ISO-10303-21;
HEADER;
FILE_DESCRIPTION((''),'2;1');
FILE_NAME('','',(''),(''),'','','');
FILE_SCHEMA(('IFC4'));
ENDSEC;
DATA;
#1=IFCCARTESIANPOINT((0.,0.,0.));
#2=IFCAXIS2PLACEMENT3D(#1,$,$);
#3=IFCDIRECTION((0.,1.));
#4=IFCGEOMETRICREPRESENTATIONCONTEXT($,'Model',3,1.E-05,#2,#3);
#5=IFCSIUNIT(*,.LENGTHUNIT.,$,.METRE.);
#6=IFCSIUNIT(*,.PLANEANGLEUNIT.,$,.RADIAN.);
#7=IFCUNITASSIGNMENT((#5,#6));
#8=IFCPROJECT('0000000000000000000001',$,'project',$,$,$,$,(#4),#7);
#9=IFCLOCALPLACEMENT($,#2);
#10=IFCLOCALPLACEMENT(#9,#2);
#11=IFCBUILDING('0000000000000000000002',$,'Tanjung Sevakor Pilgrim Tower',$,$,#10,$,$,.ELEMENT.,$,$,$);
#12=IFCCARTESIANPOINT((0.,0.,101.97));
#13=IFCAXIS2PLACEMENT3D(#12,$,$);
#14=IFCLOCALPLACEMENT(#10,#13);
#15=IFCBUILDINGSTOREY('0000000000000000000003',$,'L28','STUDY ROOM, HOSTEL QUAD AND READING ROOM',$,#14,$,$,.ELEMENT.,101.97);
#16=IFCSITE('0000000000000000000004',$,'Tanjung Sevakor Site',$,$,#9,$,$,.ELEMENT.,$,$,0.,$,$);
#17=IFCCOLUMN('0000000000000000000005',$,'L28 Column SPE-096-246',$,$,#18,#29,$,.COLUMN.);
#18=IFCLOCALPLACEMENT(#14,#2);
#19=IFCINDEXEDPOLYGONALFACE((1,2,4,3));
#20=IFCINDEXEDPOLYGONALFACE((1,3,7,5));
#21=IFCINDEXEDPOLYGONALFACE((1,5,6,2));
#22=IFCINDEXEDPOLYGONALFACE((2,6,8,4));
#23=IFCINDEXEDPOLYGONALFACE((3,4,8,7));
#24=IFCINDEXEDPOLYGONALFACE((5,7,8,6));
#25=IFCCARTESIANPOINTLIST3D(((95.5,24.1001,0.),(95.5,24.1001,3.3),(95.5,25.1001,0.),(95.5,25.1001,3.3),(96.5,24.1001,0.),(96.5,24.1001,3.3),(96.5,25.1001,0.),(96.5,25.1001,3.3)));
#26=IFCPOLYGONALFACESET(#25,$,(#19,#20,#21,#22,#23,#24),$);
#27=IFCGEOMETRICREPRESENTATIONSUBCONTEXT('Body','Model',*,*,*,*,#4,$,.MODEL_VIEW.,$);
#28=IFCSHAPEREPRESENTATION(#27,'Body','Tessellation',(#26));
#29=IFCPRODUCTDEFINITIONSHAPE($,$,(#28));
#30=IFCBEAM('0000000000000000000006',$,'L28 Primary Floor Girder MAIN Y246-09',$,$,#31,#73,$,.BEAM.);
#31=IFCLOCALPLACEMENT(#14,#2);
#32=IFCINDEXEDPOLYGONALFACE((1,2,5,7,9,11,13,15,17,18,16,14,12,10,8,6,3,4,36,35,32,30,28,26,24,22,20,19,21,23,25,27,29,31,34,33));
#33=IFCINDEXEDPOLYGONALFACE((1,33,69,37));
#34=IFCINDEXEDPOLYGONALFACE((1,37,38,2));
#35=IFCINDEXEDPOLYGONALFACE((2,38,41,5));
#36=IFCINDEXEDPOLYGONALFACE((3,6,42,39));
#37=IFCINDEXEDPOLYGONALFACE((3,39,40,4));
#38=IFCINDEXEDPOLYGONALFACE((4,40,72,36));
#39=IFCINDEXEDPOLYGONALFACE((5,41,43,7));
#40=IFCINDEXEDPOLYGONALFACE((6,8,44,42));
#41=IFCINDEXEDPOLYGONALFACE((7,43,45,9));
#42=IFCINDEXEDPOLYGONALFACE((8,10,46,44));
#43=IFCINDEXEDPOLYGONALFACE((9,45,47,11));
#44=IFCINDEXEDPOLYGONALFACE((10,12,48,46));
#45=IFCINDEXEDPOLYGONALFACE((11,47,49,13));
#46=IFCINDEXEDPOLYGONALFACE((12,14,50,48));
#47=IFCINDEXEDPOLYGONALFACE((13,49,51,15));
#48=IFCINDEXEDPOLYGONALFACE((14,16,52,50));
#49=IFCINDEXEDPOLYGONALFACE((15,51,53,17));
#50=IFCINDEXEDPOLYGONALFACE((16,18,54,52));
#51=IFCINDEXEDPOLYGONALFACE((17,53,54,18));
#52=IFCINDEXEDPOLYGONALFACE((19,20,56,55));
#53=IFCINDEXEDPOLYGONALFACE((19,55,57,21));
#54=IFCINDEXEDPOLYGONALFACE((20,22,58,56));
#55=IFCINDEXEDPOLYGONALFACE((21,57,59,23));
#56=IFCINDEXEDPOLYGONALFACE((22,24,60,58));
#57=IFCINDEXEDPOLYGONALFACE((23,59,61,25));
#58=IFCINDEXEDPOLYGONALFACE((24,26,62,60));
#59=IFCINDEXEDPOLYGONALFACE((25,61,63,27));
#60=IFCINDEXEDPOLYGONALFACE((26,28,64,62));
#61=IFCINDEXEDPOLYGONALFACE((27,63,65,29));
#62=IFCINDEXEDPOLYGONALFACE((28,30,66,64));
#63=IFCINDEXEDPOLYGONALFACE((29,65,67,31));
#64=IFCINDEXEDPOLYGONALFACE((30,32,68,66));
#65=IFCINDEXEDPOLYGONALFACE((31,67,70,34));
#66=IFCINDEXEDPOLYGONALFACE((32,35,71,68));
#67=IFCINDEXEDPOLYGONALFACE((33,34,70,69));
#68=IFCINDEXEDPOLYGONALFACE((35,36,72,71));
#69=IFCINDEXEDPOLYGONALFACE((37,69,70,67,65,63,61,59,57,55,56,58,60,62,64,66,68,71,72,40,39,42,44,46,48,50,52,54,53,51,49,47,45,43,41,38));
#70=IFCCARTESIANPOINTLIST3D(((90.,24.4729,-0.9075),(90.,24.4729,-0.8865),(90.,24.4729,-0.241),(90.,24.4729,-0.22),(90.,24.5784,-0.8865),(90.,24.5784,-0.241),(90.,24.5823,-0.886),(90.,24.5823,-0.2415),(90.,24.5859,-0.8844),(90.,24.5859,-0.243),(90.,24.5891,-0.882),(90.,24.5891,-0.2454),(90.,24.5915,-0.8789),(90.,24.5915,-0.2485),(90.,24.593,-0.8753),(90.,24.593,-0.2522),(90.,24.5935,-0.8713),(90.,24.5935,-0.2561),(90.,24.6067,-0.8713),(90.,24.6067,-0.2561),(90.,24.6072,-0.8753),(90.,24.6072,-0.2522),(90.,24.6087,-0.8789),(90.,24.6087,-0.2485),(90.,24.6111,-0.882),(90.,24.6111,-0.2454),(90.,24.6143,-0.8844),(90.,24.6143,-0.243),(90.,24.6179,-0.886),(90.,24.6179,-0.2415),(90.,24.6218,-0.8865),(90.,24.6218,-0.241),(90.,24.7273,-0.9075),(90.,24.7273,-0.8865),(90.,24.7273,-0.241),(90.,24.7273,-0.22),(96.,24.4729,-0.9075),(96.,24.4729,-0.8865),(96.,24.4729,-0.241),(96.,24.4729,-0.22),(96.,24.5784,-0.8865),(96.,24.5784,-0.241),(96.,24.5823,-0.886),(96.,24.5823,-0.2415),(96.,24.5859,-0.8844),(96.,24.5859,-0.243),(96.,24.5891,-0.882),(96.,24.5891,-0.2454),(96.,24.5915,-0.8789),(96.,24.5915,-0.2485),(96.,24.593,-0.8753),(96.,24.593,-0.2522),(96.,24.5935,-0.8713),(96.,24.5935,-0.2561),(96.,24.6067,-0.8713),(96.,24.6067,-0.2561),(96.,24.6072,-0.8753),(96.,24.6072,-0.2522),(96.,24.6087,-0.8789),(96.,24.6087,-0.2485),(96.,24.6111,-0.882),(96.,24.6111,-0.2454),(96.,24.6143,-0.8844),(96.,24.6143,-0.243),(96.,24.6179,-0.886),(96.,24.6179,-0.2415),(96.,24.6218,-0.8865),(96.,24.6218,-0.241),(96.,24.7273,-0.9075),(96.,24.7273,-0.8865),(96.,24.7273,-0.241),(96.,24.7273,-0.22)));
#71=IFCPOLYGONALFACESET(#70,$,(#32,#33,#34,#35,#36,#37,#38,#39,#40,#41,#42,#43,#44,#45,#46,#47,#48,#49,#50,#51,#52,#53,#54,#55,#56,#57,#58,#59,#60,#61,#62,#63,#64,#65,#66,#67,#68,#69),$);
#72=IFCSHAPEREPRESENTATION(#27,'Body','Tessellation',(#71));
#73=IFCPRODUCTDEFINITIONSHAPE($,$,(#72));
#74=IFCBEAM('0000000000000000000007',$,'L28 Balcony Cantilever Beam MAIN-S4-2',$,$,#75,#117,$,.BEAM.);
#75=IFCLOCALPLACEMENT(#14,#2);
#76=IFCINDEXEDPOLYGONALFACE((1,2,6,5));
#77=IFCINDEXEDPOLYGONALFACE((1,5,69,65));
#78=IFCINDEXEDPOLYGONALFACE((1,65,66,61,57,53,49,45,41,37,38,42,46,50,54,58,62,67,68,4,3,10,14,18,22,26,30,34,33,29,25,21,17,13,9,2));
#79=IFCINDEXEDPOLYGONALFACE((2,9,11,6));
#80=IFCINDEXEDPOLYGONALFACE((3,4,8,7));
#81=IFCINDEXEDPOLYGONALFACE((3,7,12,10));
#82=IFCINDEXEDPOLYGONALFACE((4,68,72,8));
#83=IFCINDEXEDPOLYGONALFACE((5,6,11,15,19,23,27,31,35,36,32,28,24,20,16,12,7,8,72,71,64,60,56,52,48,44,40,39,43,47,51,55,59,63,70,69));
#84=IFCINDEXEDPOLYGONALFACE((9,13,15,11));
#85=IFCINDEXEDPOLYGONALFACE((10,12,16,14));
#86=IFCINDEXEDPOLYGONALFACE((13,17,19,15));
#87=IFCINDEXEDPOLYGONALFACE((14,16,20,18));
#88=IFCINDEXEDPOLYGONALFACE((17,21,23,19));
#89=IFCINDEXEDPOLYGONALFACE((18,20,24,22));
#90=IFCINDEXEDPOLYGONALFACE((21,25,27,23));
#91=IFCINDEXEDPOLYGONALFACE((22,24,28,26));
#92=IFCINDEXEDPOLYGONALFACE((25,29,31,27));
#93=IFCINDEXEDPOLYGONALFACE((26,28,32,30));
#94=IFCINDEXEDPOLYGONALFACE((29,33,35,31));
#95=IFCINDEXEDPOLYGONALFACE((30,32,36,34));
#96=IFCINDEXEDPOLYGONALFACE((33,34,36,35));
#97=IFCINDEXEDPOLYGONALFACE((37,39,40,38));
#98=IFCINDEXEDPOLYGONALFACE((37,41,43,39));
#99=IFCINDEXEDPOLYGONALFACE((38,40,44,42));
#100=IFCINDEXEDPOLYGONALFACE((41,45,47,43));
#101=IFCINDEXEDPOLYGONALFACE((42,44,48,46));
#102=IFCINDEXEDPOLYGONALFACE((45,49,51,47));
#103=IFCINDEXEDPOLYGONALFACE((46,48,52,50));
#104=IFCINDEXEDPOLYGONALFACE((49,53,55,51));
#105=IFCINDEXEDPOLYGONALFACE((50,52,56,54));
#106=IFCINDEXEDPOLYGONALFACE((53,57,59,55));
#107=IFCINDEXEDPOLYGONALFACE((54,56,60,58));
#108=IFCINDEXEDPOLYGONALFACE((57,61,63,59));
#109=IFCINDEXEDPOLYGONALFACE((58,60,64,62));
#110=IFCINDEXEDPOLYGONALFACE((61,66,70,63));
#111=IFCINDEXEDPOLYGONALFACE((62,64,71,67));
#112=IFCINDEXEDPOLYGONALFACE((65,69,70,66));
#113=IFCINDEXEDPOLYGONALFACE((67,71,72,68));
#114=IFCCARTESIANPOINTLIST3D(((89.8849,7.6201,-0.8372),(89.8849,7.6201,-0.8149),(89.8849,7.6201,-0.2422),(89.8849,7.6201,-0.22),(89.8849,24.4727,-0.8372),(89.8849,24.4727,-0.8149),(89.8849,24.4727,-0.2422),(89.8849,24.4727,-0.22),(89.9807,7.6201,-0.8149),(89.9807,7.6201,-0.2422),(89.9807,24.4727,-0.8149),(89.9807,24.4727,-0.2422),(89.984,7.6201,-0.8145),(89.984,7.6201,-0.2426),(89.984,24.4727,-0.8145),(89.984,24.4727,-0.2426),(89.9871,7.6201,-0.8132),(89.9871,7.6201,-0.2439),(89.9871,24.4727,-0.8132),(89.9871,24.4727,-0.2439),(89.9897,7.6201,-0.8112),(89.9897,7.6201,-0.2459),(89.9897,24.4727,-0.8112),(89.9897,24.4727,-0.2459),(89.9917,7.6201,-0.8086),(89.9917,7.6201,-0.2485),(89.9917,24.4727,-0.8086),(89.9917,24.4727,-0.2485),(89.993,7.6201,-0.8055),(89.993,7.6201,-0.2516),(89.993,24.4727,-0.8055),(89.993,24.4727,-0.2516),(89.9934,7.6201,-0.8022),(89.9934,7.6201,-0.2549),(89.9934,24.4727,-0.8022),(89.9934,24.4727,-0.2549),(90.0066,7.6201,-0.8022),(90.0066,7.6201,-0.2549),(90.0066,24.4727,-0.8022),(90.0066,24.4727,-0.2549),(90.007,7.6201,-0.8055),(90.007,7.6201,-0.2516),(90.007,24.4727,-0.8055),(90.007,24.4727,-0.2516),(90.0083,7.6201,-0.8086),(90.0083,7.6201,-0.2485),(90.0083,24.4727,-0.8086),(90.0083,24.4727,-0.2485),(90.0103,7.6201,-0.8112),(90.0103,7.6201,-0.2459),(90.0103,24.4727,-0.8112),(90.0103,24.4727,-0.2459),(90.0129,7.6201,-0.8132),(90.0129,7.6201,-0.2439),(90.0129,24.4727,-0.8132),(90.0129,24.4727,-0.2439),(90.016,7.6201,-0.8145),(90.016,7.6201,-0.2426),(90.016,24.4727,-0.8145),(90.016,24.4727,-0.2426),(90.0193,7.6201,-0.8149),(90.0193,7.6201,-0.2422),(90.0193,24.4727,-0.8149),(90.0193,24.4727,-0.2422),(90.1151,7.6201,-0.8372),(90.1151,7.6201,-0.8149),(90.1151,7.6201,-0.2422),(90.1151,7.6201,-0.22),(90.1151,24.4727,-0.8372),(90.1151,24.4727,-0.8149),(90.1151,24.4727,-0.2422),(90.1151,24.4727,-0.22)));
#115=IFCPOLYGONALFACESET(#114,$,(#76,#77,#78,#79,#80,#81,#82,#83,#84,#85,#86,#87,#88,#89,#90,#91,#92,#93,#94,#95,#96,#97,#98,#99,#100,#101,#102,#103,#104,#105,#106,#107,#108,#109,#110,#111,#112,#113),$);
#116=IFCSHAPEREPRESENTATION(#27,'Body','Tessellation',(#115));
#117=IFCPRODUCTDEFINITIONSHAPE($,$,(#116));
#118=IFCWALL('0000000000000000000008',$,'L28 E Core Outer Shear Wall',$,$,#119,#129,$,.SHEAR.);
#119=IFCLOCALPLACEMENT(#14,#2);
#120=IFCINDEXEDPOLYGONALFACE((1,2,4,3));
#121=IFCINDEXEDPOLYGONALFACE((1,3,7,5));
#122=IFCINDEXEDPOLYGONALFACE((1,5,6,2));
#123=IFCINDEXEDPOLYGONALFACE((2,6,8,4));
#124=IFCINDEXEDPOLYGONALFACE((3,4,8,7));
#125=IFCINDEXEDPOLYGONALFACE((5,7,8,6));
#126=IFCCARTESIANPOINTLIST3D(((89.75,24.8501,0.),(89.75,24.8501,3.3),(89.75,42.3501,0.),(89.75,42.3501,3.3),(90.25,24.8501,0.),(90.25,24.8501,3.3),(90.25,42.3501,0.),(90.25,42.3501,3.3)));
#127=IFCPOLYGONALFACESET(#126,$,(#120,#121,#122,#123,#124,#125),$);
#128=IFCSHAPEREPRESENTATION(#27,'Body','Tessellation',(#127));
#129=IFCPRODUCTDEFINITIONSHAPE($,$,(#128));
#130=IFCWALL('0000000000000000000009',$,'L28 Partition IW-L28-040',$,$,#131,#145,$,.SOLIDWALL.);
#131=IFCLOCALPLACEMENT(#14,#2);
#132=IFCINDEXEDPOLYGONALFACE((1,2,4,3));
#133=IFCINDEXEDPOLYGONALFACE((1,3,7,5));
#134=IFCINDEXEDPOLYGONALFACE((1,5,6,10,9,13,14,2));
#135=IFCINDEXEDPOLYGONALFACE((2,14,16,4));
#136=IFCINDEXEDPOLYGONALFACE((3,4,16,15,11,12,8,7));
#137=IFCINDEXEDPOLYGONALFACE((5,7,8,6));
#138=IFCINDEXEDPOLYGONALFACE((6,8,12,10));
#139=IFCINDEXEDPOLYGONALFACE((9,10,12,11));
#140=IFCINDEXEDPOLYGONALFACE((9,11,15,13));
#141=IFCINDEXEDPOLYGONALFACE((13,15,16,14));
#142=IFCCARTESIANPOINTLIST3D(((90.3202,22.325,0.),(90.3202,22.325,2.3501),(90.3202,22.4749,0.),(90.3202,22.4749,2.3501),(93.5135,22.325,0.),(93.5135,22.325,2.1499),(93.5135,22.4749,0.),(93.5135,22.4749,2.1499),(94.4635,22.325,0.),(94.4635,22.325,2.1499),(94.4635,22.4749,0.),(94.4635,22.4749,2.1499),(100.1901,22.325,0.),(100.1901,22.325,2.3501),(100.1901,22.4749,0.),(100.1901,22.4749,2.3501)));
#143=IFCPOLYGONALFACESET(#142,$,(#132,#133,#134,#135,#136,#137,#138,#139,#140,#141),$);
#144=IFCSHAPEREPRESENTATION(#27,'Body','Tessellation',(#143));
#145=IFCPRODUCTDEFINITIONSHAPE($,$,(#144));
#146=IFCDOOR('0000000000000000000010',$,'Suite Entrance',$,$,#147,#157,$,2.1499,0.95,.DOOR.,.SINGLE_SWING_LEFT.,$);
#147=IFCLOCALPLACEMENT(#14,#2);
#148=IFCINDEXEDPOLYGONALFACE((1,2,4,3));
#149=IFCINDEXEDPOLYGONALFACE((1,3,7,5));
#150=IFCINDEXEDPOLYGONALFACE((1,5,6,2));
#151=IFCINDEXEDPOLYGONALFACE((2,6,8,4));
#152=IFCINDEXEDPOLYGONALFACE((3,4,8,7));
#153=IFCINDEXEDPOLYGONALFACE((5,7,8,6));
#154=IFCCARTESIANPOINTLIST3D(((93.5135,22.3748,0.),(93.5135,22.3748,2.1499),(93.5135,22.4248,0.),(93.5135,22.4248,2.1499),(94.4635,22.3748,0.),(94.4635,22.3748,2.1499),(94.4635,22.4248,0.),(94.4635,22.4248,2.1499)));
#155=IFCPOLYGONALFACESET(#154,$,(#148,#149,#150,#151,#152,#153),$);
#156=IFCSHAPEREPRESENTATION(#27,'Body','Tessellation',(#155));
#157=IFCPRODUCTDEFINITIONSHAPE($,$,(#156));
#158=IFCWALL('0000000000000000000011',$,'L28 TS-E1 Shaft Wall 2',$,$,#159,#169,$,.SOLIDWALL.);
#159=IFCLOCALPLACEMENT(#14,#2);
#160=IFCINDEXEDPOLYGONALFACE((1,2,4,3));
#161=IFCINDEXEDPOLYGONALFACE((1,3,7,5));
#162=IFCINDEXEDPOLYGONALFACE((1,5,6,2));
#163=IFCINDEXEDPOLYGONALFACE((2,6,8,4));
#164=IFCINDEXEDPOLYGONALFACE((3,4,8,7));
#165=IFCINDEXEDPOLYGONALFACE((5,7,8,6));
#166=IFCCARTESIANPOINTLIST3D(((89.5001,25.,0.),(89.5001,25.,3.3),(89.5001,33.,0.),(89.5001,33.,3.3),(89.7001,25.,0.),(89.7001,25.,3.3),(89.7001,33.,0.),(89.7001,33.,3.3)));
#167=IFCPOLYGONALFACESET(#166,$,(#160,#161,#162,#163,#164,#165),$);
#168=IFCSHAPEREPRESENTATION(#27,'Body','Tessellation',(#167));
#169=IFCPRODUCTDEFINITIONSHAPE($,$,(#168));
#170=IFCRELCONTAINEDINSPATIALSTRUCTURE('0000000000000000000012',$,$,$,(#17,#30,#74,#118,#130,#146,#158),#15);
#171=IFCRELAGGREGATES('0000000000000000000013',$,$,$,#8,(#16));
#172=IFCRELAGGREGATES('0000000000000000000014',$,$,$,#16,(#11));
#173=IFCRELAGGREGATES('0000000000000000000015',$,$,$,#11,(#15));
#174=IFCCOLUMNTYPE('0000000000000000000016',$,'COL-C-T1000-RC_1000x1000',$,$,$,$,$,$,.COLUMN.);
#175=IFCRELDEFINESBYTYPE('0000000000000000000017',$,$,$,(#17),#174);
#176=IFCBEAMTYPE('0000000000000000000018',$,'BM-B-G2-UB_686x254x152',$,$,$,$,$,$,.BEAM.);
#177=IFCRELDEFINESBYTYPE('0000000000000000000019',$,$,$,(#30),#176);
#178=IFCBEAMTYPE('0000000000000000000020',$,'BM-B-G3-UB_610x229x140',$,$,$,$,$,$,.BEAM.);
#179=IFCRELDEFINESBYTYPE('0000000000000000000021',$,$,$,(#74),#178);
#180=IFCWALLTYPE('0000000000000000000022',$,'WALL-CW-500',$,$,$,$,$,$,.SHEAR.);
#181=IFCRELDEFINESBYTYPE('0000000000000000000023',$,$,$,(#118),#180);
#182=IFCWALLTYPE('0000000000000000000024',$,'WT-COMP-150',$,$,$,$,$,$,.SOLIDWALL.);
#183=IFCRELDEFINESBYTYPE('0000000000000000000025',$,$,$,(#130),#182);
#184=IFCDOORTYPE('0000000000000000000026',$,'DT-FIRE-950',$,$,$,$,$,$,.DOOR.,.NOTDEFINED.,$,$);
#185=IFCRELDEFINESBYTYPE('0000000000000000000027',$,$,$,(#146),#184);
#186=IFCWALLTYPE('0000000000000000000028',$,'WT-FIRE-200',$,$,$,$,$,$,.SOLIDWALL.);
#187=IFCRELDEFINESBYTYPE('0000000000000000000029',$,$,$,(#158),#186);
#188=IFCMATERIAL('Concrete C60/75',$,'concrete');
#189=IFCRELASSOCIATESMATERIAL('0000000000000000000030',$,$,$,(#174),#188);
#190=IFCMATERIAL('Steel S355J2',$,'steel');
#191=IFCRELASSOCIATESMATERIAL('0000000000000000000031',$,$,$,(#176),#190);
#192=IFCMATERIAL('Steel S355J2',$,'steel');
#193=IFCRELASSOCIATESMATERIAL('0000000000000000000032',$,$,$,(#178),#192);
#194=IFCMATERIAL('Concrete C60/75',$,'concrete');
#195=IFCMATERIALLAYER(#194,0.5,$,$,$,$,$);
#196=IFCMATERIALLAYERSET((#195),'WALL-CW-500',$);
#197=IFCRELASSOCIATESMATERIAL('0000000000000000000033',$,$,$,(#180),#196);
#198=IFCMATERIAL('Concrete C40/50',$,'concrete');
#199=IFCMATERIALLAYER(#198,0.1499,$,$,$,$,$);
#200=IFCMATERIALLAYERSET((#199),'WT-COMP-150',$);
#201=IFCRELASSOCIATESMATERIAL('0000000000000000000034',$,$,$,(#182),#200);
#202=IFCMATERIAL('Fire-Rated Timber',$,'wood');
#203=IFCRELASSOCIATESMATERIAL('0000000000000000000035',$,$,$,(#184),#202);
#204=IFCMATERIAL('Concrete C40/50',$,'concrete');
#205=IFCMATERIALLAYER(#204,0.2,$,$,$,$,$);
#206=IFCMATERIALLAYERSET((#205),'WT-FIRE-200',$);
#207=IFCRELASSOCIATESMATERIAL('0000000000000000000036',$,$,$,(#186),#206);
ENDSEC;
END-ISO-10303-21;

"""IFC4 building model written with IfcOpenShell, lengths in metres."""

from ifc_helpers import new_model, si_unit, direction, frame, frame_2d, origin, origin_2d, place, context, subcontext, project, spatial, rectangle, i_section, extrude, material, layer, layer_set, material_profile, profile_set, type_object, element, fill, save


model = new_model("IFC4")

# Units and contexts
model_context = context("Model", 3, precision=1e-05, world=origin(), true_north=direction((0.0, 1.0)))
body_context = subcontext(model_context, "Body", "Model", "MODEL_VIEW")
ifc_project = project(units=[si_unit("LENGTHUNIT", "METRE"), si_unit("PLANEANGLEUNIT", "RADIAN")], contexts=[model_context])

# Site, building, storey
site_placement = place(None, origin())
site = spatial("IfcSite", under=ifc_project, at=site_placement, Name="Tanjung Sevakor Site", CompositionType="ELEMENT", RefElevation=0.0)
building_placement = place(site_placement, origin())
building = spatial("IfcBuilding", under=site, at=building_placement, Name="Tanjung Sevakor Pilgrim Tower", CompositionType="ELEMENT")
storey_placement = place(building_placement, frame((0.0, 0.0, 101.97)))
storey = spatial("IfcBuildingStorey", under=building, at=storey_placement, Name="L28", Description="STUDY ROOM, HOSTEL QUAD AND READING ROOM", CompositionType="ELEMENT", Elevation=101.97)

# Column
ifc_material_1 = material(Name="Concrete C60/75", Category="concrete")
ifc_material_profile_1 = material_profile(ifc_material_1, rectangle(XDim=1.0, YDim=1.0, at=origin_2d()))
ifc_profile_set_1 = profile_set([ifc_material_profile_1], Name="Concrete C60/75")
column_type = type_object("IfcColumnType", Name="COL-C-T1000-RC_1000x1000", PredefinedType="COLUMN", material=ifc_profile_set_1)
column_placement = place(storey_placement, frame((96.0, 24.6001, 0.0), z_axis=(0.0, 0.0, 1.0), x_axis=(1.0, 0.0, 0.0)))
element("IfcColumn", 1, at=column_placement, inside=storey, type_object=column_type, Name="L28 Column SPE-096-246", PredefinedType="COLUMN", context=body_context, shape_type="SweptSolid", body=[
    extrude(rectangle(XDim=1.0, YDim=1.0, at=origin_2d()), origin(), (0.0, 0.0, 1.0), 3.3),
])

# Beams
ifc_material_2 = material(Name="Steel S355J2", Category="steel")
ifc_material_profile_2 = material_profile(ifc_material_2, i_section(OverallWidth=0.2544, OverallDepth=0.6875, WebThickness=0.0132, FlangeThickness=0.021, FilletRadius=0.0151, at=origin_2d()))
ifc_profile_set_2 = profile_set([ifc_material_profile_2], Name="Steel S355J2")
beam_type_1 = type_object("IfcBeamType", Name="BM-B-G2-UB_686x254x152", PredefinedType="BEAM", material=ifc_profile_set_2)
beam_1_placement = place(storey_placement, frame((90.0, 24.6001, -0.5637), z_axis=(1.0, 0.0, 0.0), x_axis=(0.0, 1.0, 0.0)))
element("IfcBeam", 2, at=beam_1_placement, inside=storey, type_object=beam_type_1, Name="L28 Primary Floor Girder MAIN Y246-09", PredefinedType="BEAM", context=body_context, shape_type="SweptSolid", body=[
    extrude(i_section(OverallWidth=0.2544, OverallDepth=0.6875, WebThickness=0.0132, FlangeThickness=0.021, FilletRadius=0.0151, at=origin_2d()), origin(), (0.0, 0.0, 1.0), 6.0),
])
ifc_material_3 = material(Name="Steel S355J2", Category="steel")
ifc_material_profile_3 = material_profile(ifc_material_3, i_section(OverallWidth=0.2302, OverallDepth=0.6172, WebThickness=0.0132, FlangeThickness=0.0222, FilletRadius=0.0127, at=origin_2d()))
ifc_profile_set_3 = profile_set([ifc_material_profile_3], Name="Steel S355J2")
beam_type_2 = type_object("IfcBeamType", Name="BM-B-G3-UB_610x229x140", PredefinedType="BEAM", material=ifc_profile_set_3)
beam_2_placement = place(storey_placement, frame((90.0, 24.4727, -0.5286), z_axis=(0.0, -1.0, 0.0), x_axis=(1.0, 0.0, 0.0)))
element("IfcBeam", 3, at=beam_2_placement, inside=storey, type_object=beam_type_2, Name="L28 Balcony Cantilever Beam MAIN-S4-2", PredefinedType="BEAM", context=body_context, shape_type="SweptSolid", body=[
    extrude(i_section(OverallWidth=0.2302, OverallDepth=0.6172, WebThickness=0.0132, FlangeThickness=0.0222, FilletRadius=0.0127, at=origin_2d()), origin(), (0.0, 0.0, 1.0), 16.8525),
])

# Wall
ifc_material_4 = material(Name="Concrete C60/75", Category="concrete")
ifc_layer_1 = layer(ifc_material_4, 0.5)
ifc_layer_set_1 = layer_set([ifc_layer_1], Name="WALL-CW-500")
wall_type_1 = type_object("IfcWallType", Name="WALL-CW-500", PredefinedType="SHEAR", material=ifc_layer_set_1)
wall_1_placement = place(storey_placement, frame((90.0, 24.8501, 0.0), z_axis=(0.0, 0.0, 1.0), x_axis=(0.0, 1.0, 0.0)))
element("IfcWall", 4, at=wall_1_placement, inside=storey, type_object=wall_type_1, Name="L28 E Core Outer Shear Wall", PredefinedType="SHEAR", context=body_context, shape_type="SweptSolid", body=[
    extrude(rectangle(XDim=17.5, YDim=0.5, at=frame_2d((8.75, 0.0))), origin(), (0.0, 0.0, 1.0), 3.3),
])

# Wall, opening, door
ifc_material_5 = material(Name="Concrete C40/50", Category="concrete")
ifc_layer_2 = layer(ifc_material_5, 0.1499)
ifc_layer_set_2 = layer_set([ifc_layer_2], Name="WT-COMP-150")
wall_type_2 = type_object("IfcWallType", Name="WT-COMP-150", PredefinedType="SOLIDWALL", material=ifc_layer_set_2)
wall_2_placement = place(storey_placement, frame((90.3201, 22.3999, 0.0), z_axis=(0.0, 0.0, 1.0), x_axis=(1.0, 0.0, 0.0)))
wall_2 = element("IfcWall", 5, at=wall_2_placement, inside=storey, type_object=wall_type_2, Name="L28 Partition IW-L28-040", PredefinedType="SOLIDWALL", context=body_context, shape_type="SweptSolid", body=[
    extrude(rectangle(XDim=9.8699, YDim=0.1499, at=frame_2d((4.9351, 0.0))), origin(), (0.0, 0.0, 1.0), 2.3501),
])
opening_1_placement = place(wall_2_placement, frame((3.1934, 0.0, 0.0)))
opening_1 = element("IfcOpeningElement", 6, at=opening_1_placement, cuts=wall_2, PredefinedType="OPENING", context=body_context, shape_type="SweptSolid", body=[
    extrude(rectangle(XDim=0.95, YDim=2.1499, at=frame_2d((0.4751, 1.075))), frame((0.0, 0.085, 0.0), z_axis=(0.0, -1.0, 0.0), x_axis=(1.0, 0.0, 0.0)), (0.0, 0.0, 1.0), 0.1699),
])
ifc_material_6 = material(Name="Fire-Rated Timber", Category="wood")
door_type_1 = type_object("IfcDoorType", Name="DT-FIRE-950", OperationType="NOTDEFINED", PredefinedType="DOOR", material=ifc_material_6)
door_1_placement = place(opening_1_placement, origin())
door_1 = element("IfcDoor", 7, at=door_1_placement, inside=storey, type_object=door_type_1, Name="Suite Entrance", OperationType="SINGLE_SWING_LEFT", OverallHeight=2.1499, OverallWidth=0.95, PredefinedType="DOOR", context=body_context, shape_type="SweptSolid", body=[
    extrude(rectangle(XDim=0.95, YDim=2.1499, at=frame_2d((0.4751, 1.075))), frame((0.0, 0.0249, 0.0), z_axis=(0.0, -1.0, 0.0), x_axis=(1.0, 0.0, 0.0)), (0.0, 0.0, 1.0), 0.05),
])
fill(opening_1, door_1)

# Wall
ifc_material_7 = material(Name="Concrete C40/50", Category="concrete")
ifc_layer_3 = layer(ifc_material_7, 0.2)
ifc_layer_set_3 = layer_set([ifc_layer_3], Name="WT-FIRE-200")
wall_type_3 = type_object("IfcWallType", Name="WT-FIRE-200", PredefinedType="SOLIDWALL", material=ifc_layer_set_3)
wall_3_placement = place(storey_placement, frame((89.6001, 25.0, 0.0), z_axis=(0.0, 0.0, 1.0), x_axis=(0.0, 1.0, 0.0)))
element("IfcWall", 8, at=wall_3_placement, inside=storey, type_object=wall_type_3, Name="L28 TS-E1 Shaft Wall 2", PredefinedType="SOLIDWALL", context=body_context, shape_type="SweptSolid", body=[
    extrude(rectangle(XDim=8.0, YDim=0.2, at=frame_2d((4.0, 0.0))), origin(), (0.0, 0.0, 1.0), 3.3),
])

save(model, "model.ifc")
